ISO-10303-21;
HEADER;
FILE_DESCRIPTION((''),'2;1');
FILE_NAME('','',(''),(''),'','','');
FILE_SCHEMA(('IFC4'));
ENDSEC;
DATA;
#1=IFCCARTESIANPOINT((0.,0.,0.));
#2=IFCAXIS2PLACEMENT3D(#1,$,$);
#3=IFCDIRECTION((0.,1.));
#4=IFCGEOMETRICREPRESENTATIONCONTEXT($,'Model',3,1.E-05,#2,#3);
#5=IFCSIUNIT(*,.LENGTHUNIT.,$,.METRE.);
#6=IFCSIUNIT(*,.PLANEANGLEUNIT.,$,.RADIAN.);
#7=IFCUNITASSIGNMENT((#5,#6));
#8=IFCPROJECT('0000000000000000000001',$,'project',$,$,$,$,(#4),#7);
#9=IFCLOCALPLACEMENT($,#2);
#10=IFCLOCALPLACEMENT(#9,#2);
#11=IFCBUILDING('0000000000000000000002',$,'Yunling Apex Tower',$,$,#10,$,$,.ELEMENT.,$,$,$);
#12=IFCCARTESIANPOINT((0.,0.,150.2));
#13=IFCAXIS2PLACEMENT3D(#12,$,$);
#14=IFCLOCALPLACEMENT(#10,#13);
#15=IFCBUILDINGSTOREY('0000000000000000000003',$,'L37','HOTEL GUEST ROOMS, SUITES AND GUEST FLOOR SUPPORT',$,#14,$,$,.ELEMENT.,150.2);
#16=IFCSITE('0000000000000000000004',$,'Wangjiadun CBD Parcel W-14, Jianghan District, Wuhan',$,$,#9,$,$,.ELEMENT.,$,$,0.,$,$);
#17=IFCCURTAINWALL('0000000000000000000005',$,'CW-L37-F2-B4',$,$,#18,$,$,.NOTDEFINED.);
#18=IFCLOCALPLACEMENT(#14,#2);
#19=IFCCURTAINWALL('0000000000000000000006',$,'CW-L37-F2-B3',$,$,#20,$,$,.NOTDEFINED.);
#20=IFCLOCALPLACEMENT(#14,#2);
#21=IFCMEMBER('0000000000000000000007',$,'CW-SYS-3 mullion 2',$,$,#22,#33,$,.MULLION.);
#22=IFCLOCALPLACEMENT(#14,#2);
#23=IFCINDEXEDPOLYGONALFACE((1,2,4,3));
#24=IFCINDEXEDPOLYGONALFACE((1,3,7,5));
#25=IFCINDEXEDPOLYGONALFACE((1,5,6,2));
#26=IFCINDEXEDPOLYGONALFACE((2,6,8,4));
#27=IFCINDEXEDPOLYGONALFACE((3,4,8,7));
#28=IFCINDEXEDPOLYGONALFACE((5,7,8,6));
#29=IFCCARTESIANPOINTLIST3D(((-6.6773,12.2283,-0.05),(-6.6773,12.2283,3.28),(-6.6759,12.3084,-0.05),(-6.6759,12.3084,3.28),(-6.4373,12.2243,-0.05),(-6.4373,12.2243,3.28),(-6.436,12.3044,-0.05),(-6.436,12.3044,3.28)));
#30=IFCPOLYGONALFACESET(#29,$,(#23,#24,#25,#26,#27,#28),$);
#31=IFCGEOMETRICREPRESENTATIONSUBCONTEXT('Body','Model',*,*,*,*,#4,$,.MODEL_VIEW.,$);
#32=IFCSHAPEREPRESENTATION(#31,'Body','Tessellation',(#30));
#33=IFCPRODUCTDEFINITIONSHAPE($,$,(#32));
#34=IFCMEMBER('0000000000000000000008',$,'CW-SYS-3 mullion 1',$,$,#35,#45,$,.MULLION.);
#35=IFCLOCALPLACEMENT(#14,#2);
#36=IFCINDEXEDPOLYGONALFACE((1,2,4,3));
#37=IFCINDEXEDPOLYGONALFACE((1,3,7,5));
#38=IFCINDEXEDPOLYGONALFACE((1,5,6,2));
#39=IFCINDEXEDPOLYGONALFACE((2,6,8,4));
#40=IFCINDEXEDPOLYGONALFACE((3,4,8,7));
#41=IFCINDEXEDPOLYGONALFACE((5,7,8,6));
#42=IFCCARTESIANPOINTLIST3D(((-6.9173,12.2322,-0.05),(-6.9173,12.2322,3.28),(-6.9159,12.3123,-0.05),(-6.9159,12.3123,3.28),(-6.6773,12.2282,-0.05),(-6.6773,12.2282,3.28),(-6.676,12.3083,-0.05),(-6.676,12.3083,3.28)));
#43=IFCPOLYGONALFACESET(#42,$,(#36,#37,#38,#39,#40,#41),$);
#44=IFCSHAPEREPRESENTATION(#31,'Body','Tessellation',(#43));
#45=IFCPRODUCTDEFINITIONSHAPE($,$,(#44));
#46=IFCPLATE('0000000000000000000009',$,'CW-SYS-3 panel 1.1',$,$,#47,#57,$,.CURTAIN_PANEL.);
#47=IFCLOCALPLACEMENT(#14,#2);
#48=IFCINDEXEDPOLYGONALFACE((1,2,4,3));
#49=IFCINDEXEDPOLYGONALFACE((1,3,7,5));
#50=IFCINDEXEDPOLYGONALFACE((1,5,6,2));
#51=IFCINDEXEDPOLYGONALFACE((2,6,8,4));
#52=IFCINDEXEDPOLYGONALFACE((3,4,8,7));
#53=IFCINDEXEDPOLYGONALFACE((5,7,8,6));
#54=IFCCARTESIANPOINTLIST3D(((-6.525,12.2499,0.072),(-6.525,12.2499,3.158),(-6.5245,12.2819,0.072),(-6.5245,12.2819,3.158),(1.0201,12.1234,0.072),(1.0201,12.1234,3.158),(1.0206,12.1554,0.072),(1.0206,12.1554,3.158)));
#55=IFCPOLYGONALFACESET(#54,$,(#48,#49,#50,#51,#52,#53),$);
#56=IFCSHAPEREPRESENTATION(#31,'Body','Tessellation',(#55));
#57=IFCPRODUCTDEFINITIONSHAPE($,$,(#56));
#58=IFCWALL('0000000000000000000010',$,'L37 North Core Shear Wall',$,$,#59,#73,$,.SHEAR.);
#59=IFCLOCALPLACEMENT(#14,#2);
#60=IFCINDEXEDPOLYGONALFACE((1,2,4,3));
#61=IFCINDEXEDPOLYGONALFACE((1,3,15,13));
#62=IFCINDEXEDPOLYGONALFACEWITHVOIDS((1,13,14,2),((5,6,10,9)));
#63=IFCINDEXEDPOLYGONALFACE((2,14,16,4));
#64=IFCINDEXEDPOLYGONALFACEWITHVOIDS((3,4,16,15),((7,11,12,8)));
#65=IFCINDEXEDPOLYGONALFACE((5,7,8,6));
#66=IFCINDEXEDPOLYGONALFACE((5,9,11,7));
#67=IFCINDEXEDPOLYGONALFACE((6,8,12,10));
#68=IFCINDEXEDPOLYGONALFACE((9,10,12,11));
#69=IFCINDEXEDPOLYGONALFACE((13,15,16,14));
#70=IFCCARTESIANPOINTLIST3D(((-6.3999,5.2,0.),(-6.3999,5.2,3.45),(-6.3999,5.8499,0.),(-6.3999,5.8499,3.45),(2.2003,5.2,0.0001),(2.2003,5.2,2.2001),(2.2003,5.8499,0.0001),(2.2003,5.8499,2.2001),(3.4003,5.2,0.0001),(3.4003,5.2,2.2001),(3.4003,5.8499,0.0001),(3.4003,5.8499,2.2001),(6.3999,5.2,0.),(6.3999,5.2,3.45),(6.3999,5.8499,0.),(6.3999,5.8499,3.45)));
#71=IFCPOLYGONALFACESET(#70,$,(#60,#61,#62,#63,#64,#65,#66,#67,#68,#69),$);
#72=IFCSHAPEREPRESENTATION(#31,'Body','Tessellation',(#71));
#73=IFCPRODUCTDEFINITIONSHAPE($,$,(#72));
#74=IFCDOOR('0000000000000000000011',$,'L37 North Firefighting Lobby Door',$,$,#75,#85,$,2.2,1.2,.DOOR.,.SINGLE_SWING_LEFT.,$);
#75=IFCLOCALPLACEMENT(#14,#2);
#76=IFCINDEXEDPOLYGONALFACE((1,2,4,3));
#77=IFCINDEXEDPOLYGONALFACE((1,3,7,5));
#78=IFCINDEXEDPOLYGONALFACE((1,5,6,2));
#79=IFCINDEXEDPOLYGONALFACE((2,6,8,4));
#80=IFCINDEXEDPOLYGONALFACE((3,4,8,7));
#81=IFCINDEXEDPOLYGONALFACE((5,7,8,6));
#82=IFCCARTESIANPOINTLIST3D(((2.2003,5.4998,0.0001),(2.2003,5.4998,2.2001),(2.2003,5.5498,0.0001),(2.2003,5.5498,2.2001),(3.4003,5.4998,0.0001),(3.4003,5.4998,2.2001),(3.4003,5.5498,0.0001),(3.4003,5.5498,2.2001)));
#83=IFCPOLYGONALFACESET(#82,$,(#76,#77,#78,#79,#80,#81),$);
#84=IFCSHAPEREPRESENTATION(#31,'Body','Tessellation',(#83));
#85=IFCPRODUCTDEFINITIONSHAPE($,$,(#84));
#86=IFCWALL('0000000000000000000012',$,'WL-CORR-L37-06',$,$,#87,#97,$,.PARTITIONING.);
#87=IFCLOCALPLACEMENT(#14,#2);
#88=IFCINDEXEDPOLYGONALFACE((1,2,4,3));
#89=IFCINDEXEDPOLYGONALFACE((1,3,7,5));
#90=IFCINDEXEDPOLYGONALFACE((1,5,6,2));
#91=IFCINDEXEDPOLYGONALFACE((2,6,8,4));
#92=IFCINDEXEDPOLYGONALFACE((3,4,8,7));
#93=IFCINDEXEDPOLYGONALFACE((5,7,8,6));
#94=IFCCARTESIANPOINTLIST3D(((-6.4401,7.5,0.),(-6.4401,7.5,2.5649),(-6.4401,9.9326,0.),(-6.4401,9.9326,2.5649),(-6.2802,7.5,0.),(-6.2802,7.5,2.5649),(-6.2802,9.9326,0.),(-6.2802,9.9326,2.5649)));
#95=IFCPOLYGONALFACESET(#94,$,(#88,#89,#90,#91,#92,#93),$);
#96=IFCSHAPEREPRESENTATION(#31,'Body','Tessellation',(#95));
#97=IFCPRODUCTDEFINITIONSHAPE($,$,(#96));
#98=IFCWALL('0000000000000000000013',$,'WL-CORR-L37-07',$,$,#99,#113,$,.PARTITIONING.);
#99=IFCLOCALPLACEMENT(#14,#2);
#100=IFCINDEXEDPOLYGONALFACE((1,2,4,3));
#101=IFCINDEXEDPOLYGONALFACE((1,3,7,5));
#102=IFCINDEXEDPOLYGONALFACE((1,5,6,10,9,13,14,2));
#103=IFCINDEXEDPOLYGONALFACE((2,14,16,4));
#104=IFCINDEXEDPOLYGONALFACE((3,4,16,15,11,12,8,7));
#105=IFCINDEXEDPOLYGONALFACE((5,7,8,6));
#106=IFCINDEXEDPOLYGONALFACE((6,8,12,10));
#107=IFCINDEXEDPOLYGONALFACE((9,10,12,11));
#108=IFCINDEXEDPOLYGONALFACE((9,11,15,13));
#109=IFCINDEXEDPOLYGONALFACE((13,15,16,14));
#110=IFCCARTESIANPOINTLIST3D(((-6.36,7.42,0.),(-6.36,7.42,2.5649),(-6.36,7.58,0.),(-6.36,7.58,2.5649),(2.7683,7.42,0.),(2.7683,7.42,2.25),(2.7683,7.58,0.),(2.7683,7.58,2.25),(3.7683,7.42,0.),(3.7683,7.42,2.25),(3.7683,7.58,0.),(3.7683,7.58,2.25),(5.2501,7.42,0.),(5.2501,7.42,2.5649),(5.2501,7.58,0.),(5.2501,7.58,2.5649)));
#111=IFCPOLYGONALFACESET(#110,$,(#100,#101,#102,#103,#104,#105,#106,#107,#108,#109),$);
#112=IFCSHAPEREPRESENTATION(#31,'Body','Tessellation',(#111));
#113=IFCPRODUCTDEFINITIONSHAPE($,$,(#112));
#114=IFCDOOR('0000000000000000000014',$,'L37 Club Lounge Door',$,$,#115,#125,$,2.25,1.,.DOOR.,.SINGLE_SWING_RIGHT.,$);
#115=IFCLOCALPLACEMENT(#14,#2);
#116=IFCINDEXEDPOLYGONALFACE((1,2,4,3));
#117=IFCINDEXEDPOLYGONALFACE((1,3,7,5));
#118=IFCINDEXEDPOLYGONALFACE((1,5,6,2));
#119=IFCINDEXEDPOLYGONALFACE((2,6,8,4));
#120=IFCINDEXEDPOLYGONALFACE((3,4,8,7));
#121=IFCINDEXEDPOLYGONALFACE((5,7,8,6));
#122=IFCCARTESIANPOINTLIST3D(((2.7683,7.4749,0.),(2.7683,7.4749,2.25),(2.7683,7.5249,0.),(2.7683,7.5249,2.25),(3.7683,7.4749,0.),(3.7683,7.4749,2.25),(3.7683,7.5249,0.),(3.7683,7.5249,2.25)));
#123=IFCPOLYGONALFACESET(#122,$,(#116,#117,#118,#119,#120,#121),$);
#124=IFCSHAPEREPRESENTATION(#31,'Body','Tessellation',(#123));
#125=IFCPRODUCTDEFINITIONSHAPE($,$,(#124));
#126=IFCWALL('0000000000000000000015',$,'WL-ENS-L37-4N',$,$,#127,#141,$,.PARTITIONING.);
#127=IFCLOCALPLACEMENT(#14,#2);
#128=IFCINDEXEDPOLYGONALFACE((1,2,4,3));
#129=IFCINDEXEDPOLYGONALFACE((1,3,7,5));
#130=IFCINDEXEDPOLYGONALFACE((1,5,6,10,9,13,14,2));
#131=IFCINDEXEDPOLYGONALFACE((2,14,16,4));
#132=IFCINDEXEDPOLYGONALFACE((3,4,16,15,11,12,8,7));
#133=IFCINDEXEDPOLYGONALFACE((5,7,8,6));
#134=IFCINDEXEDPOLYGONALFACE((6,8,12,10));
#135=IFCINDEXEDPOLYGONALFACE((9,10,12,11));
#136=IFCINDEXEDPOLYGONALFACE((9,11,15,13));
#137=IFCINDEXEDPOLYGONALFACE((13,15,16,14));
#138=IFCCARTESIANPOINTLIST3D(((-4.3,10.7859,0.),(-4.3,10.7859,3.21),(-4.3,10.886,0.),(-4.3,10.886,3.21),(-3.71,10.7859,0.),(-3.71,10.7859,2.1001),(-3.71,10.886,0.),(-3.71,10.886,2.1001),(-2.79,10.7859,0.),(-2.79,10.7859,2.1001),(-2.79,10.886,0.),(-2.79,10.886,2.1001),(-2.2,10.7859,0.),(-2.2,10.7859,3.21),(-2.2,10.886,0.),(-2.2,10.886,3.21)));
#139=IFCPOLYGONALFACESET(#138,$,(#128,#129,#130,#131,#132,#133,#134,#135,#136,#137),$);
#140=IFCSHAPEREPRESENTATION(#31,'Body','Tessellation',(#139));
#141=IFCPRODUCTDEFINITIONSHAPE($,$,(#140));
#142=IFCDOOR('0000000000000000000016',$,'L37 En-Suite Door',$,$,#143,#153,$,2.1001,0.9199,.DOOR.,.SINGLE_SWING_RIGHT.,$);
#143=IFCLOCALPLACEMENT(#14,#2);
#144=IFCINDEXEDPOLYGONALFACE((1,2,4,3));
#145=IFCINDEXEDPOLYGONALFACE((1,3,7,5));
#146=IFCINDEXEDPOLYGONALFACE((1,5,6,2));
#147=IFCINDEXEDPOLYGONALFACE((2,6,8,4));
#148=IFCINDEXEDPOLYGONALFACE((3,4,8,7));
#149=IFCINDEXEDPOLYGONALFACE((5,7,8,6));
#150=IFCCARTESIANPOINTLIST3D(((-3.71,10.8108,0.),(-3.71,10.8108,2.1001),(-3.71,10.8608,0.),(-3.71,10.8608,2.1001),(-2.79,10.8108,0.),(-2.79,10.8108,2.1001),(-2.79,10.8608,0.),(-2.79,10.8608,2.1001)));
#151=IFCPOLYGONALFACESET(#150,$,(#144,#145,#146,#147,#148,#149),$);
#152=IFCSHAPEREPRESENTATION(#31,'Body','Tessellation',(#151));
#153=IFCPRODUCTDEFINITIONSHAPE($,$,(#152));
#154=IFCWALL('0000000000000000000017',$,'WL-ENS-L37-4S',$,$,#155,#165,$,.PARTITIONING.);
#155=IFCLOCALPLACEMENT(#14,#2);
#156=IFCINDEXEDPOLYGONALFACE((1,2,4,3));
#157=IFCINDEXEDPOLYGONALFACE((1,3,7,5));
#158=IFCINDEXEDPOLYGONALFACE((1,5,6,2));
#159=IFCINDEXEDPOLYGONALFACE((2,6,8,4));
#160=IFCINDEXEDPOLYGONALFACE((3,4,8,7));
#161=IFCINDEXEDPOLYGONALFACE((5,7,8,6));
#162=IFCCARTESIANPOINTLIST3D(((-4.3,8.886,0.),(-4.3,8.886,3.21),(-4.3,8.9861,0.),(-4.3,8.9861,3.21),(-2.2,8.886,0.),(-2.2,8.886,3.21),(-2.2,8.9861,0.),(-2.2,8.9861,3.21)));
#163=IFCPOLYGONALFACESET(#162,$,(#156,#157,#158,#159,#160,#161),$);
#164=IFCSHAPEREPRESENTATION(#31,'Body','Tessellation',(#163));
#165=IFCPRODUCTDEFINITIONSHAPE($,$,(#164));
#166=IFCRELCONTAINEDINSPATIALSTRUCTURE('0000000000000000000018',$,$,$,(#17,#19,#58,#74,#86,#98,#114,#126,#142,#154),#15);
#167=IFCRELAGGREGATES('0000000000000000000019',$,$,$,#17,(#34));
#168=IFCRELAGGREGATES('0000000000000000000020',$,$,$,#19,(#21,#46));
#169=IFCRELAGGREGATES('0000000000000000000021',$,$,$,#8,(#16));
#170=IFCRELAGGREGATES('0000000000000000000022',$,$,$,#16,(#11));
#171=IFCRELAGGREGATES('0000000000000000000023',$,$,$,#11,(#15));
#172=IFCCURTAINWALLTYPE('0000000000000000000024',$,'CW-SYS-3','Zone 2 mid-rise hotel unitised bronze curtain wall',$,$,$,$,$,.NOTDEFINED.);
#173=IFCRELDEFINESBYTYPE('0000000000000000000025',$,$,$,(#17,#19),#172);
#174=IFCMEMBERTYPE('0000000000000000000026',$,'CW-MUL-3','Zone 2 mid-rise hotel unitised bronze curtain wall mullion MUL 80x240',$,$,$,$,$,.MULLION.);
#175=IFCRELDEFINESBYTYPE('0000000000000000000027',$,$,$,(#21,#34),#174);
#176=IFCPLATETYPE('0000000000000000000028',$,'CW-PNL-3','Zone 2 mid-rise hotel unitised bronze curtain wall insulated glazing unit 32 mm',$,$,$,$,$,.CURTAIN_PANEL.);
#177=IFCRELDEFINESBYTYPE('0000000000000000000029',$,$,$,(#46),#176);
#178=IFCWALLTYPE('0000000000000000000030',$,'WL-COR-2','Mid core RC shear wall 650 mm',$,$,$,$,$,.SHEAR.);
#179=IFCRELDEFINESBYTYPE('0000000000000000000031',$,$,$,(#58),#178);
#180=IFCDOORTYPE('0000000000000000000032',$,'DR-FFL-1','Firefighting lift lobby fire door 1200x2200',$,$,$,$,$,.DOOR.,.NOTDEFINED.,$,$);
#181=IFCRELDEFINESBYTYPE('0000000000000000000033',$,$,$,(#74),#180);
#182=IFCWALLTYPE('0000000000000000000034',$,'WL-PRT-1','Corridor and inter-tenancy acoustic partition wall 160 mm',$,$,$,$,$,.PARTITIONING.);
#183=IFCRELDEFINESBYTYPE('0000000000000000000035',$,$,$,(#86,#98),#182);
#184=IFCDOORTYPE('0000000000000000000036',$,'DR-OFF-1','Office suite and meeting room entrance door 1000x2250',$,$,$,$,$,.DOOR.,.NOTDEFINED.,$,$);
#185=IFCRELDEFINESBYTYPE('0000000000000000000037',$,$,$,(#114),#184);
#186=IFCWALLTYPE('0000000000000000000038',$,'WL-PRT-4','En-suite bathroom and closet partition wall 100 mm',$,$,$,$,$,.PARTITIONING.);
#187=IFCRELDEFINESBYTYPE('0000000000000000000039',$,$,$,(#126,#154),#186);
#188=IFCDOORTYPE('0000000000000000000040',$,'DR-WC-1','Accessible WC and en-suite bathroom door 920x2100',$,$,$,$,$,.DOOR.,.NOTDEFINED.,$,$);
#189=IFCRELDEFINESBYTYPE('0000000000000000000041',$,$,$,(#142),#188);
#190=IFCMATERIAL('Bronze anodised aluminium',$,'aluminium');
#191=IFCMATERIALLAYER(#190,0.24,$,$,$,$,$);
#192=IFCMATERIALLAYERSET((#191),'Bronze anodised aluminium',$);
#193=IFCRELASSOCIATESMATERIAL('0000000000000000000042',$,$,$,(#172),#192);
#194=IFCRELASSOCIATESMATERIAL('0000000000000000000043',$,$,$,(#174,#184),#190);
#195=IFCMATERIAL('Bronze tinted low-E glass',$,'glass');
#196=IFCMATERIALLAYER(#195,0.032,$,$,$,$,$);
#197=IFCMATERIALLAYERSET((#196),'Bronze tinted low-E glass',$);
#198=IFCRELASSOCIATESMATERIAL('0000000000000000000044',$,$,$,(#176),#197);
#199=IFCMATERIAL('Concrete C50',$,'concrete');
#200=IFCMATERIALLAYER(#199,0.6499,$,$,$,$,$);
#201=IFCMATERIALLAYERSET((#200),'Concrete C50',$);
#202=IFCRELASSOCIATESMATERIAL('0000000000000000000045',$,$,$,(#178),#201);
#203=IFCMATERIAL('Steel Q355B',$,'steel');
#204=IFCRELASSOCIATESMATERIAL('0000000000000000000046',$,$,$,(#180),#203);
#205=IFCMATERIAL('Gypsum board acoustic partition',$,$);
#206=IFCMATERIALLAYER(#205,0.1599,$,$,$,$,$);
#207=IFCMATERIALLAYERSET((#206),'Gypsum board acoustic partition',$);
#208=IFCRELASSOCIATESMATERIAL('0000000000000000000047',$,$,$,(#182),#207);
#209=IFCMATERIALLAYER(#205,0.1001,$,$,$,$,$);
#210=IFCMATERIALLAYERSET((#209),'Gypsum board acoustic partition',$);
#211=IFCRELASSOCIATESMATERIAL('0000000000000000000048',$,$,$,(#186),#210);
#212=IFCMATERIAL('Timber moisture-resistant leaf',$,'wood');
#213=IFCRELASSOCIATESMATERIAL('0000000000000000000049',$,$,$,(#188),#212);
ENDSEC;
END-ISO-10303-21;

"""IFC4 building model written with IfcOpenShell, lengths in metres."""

from ifc_helpers import new_model, si_unit, direction, frame, frame_2d, origin, origin_2d, place, context, subcontext, project, spatial, rectangle, extrude, source, transform, mapped, material, layer, layer_set, material_profile, profile_set, type_object, element, fill, aggregate, save


model = new_model("IFC4")

# Units and contexts
model_context = context("Model", 3, precision=1e-05, world=origin(), true_north=direction((0.0, 1.0)))
body_context = subcontext(model_context, "Body", "Model", "MODEL_VIEW")
ifc_project = project(units=[si_unit("LENGTHUNIT", "METRE"), si_unit("PLANEANGLEUNIT", "RADIAN")], contexts=[model_context])

# Site, building, storey
site_placement = place(None, origin())
site = spatial("IfcSite", under=ifc_project, at=site_placement, Name="Wangjiadun CBD Parcel W-14, Jianghan District, Wuhan", CompositionType="ELEMENT", RefElevation=0.0)
building_placement = place(site_placement, origin())
building = spatial("IfcBuilding", under=site, at=building_placement, Name="Yunling Apex Tower", CompositionType="ELEMENT")
storey_placement = place(building_placement, frame((0.0, 0.0, 150.2)))
storey = spatial("IfcBuildingStorey", under=building, at=storey_placement, Name="L37", Description="HOTEL GUEST ROOMS, SUITES AND GUEST FLOOR SUPPORT", CompositionType="ELEMENT", Elevation=150.2)

# Shared definitions
ifc_material_1 = material(Name="Steel Q355B", Category="steel")

# Curtain wall
ifc_material_2 = material(Name="Bronze anodised aluminium", Category="aluminium")
ifc_layer_1 = layer(ifc_material_2, 0.24)
ifc_layer_set_1 = layer_set([ifc_layer_1], Name="Bronze anodised aluminium")
curtain_wall_type = type_object("IfcCurtainWallType", Name="CW-SYS-3", Description="Zone 2 mid-rise hotel unitised bronze curtain wall", PredefinedType="NOTDEFINED", material=ifc_layer_set_1)
curtain_wall_1_placement = place(storey_placement, origin())
curtain_wall_1 = element("IfcCurtainWall", 1, at=curtain_wall_1_placement, inside=storey, type_object=curtain_wall_type, Name="CW-L37-F2-B4", PredefinedType="NOTDEFINED")

# Curtain wall, member
curtain_wall_2_placement = place(storey_placement, origin())
curtain_wall_2 = element("IfcCurtainWall", 2, at=curtain_wall_2_placement, inside=storey, type_object=curtain_wall_type, Name="CW-L37-F2-B3", PredefinedType="NOTDEFINED")
ifc_material_profile_1 = material_profile(ifc_material_2, rectangle(XDim=0.0801, YDim=0.24, at=origin_2d()))
ifc_profile_set_1 = profile_set([ifc_material_profile_1], Name="Bronze anodised aluminium")
member_type_1 = type_object("IfcMemberType", Name="CW-MUL-3", Description="Zone 2 mid-rise hotel unitised bronze curtain wall mullion MUL 80x240", PredefinedType="MULLION", material=ifc_profile_set_1)
shared_shape_1 = source(origin(), body_context, "Body", "SweptSolid", [
    extrude(rectangle(XDim=0.0801, YDim=0.24, at=origin_2d()), origin(), (0.0, 0.0, 1.0), 3.3301),
])
member_1_placement = place(storey_placement, frame((-6.5566, 12.2664, -0.05), z_axis=(0.0, 0.0, 1.0), x_axis=(-0.016762, -0.99986, 0.0)))
member_1 = element("IfcMember", 3, at=member_1_placement, type_object=member_type_1, Name="CW-SYS-3 mullion 2", PredefinedType="MULLION", context=body_context, shape_type="MappedRepresentation", body=[
    mapped(shared_shape_1, transform((0.0, 0.0, 0.0), scale=1.0)),
])

# Member
member_2_placement = place(storey_placement, frame((-6.7966, 12.2703, -0.05), z_axis=(0.0, 0.0, 1.0), x_axis=(-0.016762, -0.99986, 0.0)))
member_2 = element("IfcMember", 4, at=member_2_placement, type_object=member_type_1, Name="CW-SYS-3 mullion 1", PredefinedType="MULLION", context=body_context, shape_type="MappedRepresentation", body=[
    mapped(shared_shape_1, transform((0.0, 0.0, 0.0), scale=1.0)),
])
aggregate(curtain_wall_1, [member_2])

# Plate
ifc_material_3 = material(Name="Bronze tinted low-E glass", Category="glass")
ifc_layer_2 = layer(ifc_material_3, 0.032)
ifc_layer_set_2 = layer_set([ifc_layer_2], Name="Bronze tinted low-E glass")
plate_type = type_object("IfcPlateType", Name="CW-PNL-3", Description="Zone 2 mid-rise hotel unitised bronze curtain wall insulated glazing unit 32 mm", PredefinedType="CURTAIN_PANEL", material=ifc_layer_set_2)
shared_shape_2 = source(origin(), body_context, "Body", "SweptSolid", [
    extrude(rectangle(XDim=7.5461, YDim=0.032, at=origin_2d()), origin(), (0.0, 0.0, 1.0), 3.0859),
])
plate_placement = place(storey_placement, frame((-2.7522, 12.2026, 0.072), z_axis=(0.0, 0.0, 1.0), x_axis=(-0.99986, 0.016762, 0.0)))
plate = element("IfcPlate", 5, at=plate_placement, type_object=plate_type, Name="CW-SYS-3 panel 1.1", PredefinedType="CURTAIN_PANEL", context=body_context, shape_type="MappedRepresentation", body=[
    mapped(shared_shape_2, transform((0.0, 0.0, 0.0), scale=1.0)),
])
aggregate(curtain_wall_2, [member_1, plate])

# Wall, opening, door
ifc_material_4 = material(Name="Concrete C50", Category="concrete")
ifc_layer_3 = layer(ifc_material_4, 0.6499)
ifc_layer_set_3 = layer_set([ifc_layer_3], Name="Concrete C50")
wall_type_1 = type_object("IfcWallType", Name="WL-COR-2", Description="Mid core RC shear wall 650 mm", PredefinedType="SHEAR", material=ifc_layer_set_3)
wall_1_placement = place(storey_placement, frame((-6.3999, 5.5249, 0.0), z_axis=(0.0, 0.0, 1.0), x_axis=(1.0, 0.0, 0.0)))
wall_1 = element("IfcWall", 6, at=wall_1_placement, inside=storey, type_object=wall_type_1, Name="L37 North Core Shear Wall", PredefinedType="SHEAR", context=body_context, shape_type="SweptSolid", body=[
    extrude(rectangle(XDim=12.7998, YDim=0.6499, at=frame_2d((6.3999, 0.0))), origin(), (0.0, 0.0, 1.0), 3.45),
])
opening_1_placement = place(wall_1_placement, frame((8.6001, 0.0, 0.0)))
opening_1 = element("IfcOpeningElement", 7, at=opening_1_placement, cuts=wall_1, PredefinedType="OPENING", context=body_context, shape_type="SweptSolid", body=[
    extrude(rectangle(XDim=1.2, YDim=2.2, at=frame_2d((0.6001, 1.1001))), frame((0.0, 0.335, 0.0), z_axis=(0.0, -1.0, 0.0), x_axis=(1.0, 0.0, 0.0)), (0.0, 0.0, 1.0), 0.6699),
])
door_type_1 = type_object("IfcDoorType", Name="DR-FFL-1", Description="Firefighting lift lobby fire door 1200x2200", OperationType="NOTDEFINED", PredefinedType="DOOR", material=ifc_material_1)
door_1_placement = place(opening_1_placement, origin())
door_1 = element("IfcDoor", 8, at=door_1_placement, inside=storey, type_object=door_type_1, Name="L37 North Firefighting Lobby Door", OperationType="SINGLE_SWING_LEFT", OverallHeight=2.2, OverallWidth=1.2, PredefinedType="DOOR", context=body_context, shape_type="SweptSolid", body=[
    extrude(rectangle(XDim=1.2, YDim=2.2, at=frame_2d((0.6001, 1.1001))), frame((0.0, 0.0249, 0.0), z_axis=(0.0, -1.0, 0.0), x_axis=(1.0, 0.0, 0.0)), (0.0, 0.0, 1.0), 0.05),
])
fill(opening_1, door_1)

# Wall
ifc_material_5 = material(Name="Gypsum board acoustic partition")
ifc_layer_4 = layer(ifc_material_5, 0.1599)
ifc_layer_set_4 = layer_set([ifc_layer_4], Name="Gypsum board acoustic partition")
wall_type_2 = type_object("IfcWallType", Name="WL-PRT-1", Description="Corridor and inter-tenancy acoustic partition wall 160 mm", PredefinedType="PARTITIONING", material=ifc_layer_set_4)
wall_2_placement = place(storey_placement, frame((-6.3601, 9.9326, 0.0), z_axis=(0.0, 0.0, 1.0), x_axis=(0.0, -1.0, 0.0)))
element("IfcWall", 9, at=wall_2_placement, inside=storey, type_object=wall_type_2, Name="WL-CORR-L37-06", PredefinedType="PARTITIONING", context=body_context, shape_type="SweptSolid", body=[
    extrude(rectangle(XDim=2.4326, YDim=0.1599, at=frame_2d((1.2163, 0.0))), origin(), (0.0, 0.0, 1.0), 2.5649),
])

# Walls, openings, doors
wall_3_placement = place(storey_placement, frame((-6.3601, 7.5, 0.0), z_axis=(0.0, 0.0, 1.0), x_axis=(1.0, 0.0, 0.0)))
wall_3 = element("IfcWall", 10, at=wall_3_placement, inside=storey, type_object=wall_type_2, Name="WL-CORR-L37-07", PredefinedType="PARTITIONING", context=body_context, shape_type="SweptSolid", body=[
    extrude(rectangle(XDim=11.6101, YDim=0.1599, at=frame_2d((5.8052, 0.0))), origin(), (0.0, 0.0, 1.0), 2.5649),
])
opening_2_placement = place(wall_3_placement, frame((9.1284, 0.0, 0.0)))
opening_2 = element("IfcOpeningElement", 11, at=opening_2_placement, cuts=wall_3, PredefinedType="OPENING", context=body_context, shape_type="SweptSolid", body=[
    extrude(rectangle(XDim=1.0, YDim=2.25, at=frame_2d((0.5, 1.125))), frame((0.0, 0.0898, 0.0), z_axis=(0.0, -1.0, 0.0), x_axis=(1.0, 0.0, 0.0)), (0.0, 0.0, 1.0), 0.1799),
])
door_type_2 = type_object("IfcDoorType", Name="DR-OFF-1", Description="Office suite and meeting room entrance door 1000x2250", OperationType="NOTDEFINED", PredefinedType="DOOR", material=ifc_material_2)
door_2_placement = place(opening_2_placement, origin())
door_2 = element("IfcDoor", 12, at=door_2_placement, inside=storey, type_object=door_type_2, Name="L37 Club Lounge Door", OperationType="SINGLE_SWING_RIGHT", OverallHeight=2.25, OverallWidth=1.0, PredefinedType="DOOR", context=body_context, shape_type="SweptSolid", body=[
    extrude(rectangle(XDim=1.0, YDim=2.25, at=frame_2d((0.5, 1.125))), frame((0.0, 0.0249, 0.0), z_axis=(0.0, -1.0, 0.0), x_axis=(1.0, 0.0, 0.0)), (0.0, 0.0, 1.0), 0.05),
])
fill(opening_2, door_2)
ifc_layer_5 = layer(ifc_material_5, 0.1001)
ifc_layer_set_5 = layer_set([ifc_layer_5], Name="Gypsum board acoustic partition")
wall_type_3 = type_object("IfcWallType", Name="WL-PRT-4", Description="En-suite bathroom and closet partition wall 100 mm", PredefinedType="PARTITIONING", material=ifc_layer_set_5)
wall_4_placement = place(storey_placement, frame((-4.3, 10.8359, 0.0), z_axis=(0.0, 0.0, 1.0), x_axis=(1.0, 0.0, 0.0)))
wall_4 = element("IfcWall", 13, at=wall_4_placement, inside=storey, type_object=wall_type_3, Name="WL-ENS-L37-4N", PredefinedType="PARTITIONING", context=body_context, shape_type="SweptSolid", body=[
    extrude(rectangle(XDim=2.1001, YDim=0.1001, at=frame_2d((1.05, 0.0))), origin(), (0.0, 0.0, 1.0), 3.21),
])
opening_3_placement = place(wall_4_placement, frame((0.5901, 0.0, 0.0)))
opening_3 = element("IfcOpeningElement", 14, at=opening_3_placement, cuts=wall_4, PredefinedType="OPENING", context=body_context, shape_type="SweptSolid", body=[
    extrude(rectangle(XDim=0.9199, YDim=2.1001, at=frame_2d((0.46, 1.05))), frame((0.0, 0.0601, 0.0), z_axis=(0.0, -1.0, 0.0), x_axis=(1.0, 0.0, 0.0)), (0.0, 0.0, 1.0), 0.1201),
])
ifc_material_6 = material(Name="Timber moisture-resistant leaf", Category="wood")
door_type_3 = type_object("IfcDoorType", Name="DR-WC-1", Description="Accessible WC and en-suite bathroom door 920x2100", OperationType="NOTDEFINED", PredefinedType="DOOR", material=ifc_material_6)
door_3_placement = place(opening_3_placement, origin())
door_3 = element("IfcDoor", 15, at=door_3_placement, inside=storey, type_object=door_type_3, Name="L37 En-Suite Door", OperationType="SINGLE_SWING_RIGHT", OverallHeight=2.1001, OverallWidth=0.9199, PredefinedType="DOOR", context=body_context, shape_type="SweptSolid", body=[
    extrude(rectangle(XDim=0.9199, YDim=2.1001, at=frame_2d((0.46, 1.05))), frame((0.0, 0.0249, 0.0), z_axis=(0.0, -1.0, 0.0), x_axis=(1.0, 0.0, 0.0)), (0.0, 0.0, 1.0), 0.05),
])
fill(opening_3, door_3)

# Wall
wall_5_placement = place(storey_placement, frame((-2.2, 8.936, 0.0), z_axis=(0.0, 0.0, 1.0), x_axis=(-1.0, 0.0, 0.0)))
element("IfcWall", 16, at=wall_5_placement, inside=storey, type_object=wall_type_3, Name="WL-ENS-L37-4S", PredefinedType="PARTITIONING", context=body_context, shape_type="SweptSolid", body=[
    extrude(rectangle(XDim=2.1001, YDim=0.1001, at=frame_2d((1.05, 0.0))), origin(), (0.0, 0.0, 1.0), 3.21),
])

save(model, "model.ifc")
